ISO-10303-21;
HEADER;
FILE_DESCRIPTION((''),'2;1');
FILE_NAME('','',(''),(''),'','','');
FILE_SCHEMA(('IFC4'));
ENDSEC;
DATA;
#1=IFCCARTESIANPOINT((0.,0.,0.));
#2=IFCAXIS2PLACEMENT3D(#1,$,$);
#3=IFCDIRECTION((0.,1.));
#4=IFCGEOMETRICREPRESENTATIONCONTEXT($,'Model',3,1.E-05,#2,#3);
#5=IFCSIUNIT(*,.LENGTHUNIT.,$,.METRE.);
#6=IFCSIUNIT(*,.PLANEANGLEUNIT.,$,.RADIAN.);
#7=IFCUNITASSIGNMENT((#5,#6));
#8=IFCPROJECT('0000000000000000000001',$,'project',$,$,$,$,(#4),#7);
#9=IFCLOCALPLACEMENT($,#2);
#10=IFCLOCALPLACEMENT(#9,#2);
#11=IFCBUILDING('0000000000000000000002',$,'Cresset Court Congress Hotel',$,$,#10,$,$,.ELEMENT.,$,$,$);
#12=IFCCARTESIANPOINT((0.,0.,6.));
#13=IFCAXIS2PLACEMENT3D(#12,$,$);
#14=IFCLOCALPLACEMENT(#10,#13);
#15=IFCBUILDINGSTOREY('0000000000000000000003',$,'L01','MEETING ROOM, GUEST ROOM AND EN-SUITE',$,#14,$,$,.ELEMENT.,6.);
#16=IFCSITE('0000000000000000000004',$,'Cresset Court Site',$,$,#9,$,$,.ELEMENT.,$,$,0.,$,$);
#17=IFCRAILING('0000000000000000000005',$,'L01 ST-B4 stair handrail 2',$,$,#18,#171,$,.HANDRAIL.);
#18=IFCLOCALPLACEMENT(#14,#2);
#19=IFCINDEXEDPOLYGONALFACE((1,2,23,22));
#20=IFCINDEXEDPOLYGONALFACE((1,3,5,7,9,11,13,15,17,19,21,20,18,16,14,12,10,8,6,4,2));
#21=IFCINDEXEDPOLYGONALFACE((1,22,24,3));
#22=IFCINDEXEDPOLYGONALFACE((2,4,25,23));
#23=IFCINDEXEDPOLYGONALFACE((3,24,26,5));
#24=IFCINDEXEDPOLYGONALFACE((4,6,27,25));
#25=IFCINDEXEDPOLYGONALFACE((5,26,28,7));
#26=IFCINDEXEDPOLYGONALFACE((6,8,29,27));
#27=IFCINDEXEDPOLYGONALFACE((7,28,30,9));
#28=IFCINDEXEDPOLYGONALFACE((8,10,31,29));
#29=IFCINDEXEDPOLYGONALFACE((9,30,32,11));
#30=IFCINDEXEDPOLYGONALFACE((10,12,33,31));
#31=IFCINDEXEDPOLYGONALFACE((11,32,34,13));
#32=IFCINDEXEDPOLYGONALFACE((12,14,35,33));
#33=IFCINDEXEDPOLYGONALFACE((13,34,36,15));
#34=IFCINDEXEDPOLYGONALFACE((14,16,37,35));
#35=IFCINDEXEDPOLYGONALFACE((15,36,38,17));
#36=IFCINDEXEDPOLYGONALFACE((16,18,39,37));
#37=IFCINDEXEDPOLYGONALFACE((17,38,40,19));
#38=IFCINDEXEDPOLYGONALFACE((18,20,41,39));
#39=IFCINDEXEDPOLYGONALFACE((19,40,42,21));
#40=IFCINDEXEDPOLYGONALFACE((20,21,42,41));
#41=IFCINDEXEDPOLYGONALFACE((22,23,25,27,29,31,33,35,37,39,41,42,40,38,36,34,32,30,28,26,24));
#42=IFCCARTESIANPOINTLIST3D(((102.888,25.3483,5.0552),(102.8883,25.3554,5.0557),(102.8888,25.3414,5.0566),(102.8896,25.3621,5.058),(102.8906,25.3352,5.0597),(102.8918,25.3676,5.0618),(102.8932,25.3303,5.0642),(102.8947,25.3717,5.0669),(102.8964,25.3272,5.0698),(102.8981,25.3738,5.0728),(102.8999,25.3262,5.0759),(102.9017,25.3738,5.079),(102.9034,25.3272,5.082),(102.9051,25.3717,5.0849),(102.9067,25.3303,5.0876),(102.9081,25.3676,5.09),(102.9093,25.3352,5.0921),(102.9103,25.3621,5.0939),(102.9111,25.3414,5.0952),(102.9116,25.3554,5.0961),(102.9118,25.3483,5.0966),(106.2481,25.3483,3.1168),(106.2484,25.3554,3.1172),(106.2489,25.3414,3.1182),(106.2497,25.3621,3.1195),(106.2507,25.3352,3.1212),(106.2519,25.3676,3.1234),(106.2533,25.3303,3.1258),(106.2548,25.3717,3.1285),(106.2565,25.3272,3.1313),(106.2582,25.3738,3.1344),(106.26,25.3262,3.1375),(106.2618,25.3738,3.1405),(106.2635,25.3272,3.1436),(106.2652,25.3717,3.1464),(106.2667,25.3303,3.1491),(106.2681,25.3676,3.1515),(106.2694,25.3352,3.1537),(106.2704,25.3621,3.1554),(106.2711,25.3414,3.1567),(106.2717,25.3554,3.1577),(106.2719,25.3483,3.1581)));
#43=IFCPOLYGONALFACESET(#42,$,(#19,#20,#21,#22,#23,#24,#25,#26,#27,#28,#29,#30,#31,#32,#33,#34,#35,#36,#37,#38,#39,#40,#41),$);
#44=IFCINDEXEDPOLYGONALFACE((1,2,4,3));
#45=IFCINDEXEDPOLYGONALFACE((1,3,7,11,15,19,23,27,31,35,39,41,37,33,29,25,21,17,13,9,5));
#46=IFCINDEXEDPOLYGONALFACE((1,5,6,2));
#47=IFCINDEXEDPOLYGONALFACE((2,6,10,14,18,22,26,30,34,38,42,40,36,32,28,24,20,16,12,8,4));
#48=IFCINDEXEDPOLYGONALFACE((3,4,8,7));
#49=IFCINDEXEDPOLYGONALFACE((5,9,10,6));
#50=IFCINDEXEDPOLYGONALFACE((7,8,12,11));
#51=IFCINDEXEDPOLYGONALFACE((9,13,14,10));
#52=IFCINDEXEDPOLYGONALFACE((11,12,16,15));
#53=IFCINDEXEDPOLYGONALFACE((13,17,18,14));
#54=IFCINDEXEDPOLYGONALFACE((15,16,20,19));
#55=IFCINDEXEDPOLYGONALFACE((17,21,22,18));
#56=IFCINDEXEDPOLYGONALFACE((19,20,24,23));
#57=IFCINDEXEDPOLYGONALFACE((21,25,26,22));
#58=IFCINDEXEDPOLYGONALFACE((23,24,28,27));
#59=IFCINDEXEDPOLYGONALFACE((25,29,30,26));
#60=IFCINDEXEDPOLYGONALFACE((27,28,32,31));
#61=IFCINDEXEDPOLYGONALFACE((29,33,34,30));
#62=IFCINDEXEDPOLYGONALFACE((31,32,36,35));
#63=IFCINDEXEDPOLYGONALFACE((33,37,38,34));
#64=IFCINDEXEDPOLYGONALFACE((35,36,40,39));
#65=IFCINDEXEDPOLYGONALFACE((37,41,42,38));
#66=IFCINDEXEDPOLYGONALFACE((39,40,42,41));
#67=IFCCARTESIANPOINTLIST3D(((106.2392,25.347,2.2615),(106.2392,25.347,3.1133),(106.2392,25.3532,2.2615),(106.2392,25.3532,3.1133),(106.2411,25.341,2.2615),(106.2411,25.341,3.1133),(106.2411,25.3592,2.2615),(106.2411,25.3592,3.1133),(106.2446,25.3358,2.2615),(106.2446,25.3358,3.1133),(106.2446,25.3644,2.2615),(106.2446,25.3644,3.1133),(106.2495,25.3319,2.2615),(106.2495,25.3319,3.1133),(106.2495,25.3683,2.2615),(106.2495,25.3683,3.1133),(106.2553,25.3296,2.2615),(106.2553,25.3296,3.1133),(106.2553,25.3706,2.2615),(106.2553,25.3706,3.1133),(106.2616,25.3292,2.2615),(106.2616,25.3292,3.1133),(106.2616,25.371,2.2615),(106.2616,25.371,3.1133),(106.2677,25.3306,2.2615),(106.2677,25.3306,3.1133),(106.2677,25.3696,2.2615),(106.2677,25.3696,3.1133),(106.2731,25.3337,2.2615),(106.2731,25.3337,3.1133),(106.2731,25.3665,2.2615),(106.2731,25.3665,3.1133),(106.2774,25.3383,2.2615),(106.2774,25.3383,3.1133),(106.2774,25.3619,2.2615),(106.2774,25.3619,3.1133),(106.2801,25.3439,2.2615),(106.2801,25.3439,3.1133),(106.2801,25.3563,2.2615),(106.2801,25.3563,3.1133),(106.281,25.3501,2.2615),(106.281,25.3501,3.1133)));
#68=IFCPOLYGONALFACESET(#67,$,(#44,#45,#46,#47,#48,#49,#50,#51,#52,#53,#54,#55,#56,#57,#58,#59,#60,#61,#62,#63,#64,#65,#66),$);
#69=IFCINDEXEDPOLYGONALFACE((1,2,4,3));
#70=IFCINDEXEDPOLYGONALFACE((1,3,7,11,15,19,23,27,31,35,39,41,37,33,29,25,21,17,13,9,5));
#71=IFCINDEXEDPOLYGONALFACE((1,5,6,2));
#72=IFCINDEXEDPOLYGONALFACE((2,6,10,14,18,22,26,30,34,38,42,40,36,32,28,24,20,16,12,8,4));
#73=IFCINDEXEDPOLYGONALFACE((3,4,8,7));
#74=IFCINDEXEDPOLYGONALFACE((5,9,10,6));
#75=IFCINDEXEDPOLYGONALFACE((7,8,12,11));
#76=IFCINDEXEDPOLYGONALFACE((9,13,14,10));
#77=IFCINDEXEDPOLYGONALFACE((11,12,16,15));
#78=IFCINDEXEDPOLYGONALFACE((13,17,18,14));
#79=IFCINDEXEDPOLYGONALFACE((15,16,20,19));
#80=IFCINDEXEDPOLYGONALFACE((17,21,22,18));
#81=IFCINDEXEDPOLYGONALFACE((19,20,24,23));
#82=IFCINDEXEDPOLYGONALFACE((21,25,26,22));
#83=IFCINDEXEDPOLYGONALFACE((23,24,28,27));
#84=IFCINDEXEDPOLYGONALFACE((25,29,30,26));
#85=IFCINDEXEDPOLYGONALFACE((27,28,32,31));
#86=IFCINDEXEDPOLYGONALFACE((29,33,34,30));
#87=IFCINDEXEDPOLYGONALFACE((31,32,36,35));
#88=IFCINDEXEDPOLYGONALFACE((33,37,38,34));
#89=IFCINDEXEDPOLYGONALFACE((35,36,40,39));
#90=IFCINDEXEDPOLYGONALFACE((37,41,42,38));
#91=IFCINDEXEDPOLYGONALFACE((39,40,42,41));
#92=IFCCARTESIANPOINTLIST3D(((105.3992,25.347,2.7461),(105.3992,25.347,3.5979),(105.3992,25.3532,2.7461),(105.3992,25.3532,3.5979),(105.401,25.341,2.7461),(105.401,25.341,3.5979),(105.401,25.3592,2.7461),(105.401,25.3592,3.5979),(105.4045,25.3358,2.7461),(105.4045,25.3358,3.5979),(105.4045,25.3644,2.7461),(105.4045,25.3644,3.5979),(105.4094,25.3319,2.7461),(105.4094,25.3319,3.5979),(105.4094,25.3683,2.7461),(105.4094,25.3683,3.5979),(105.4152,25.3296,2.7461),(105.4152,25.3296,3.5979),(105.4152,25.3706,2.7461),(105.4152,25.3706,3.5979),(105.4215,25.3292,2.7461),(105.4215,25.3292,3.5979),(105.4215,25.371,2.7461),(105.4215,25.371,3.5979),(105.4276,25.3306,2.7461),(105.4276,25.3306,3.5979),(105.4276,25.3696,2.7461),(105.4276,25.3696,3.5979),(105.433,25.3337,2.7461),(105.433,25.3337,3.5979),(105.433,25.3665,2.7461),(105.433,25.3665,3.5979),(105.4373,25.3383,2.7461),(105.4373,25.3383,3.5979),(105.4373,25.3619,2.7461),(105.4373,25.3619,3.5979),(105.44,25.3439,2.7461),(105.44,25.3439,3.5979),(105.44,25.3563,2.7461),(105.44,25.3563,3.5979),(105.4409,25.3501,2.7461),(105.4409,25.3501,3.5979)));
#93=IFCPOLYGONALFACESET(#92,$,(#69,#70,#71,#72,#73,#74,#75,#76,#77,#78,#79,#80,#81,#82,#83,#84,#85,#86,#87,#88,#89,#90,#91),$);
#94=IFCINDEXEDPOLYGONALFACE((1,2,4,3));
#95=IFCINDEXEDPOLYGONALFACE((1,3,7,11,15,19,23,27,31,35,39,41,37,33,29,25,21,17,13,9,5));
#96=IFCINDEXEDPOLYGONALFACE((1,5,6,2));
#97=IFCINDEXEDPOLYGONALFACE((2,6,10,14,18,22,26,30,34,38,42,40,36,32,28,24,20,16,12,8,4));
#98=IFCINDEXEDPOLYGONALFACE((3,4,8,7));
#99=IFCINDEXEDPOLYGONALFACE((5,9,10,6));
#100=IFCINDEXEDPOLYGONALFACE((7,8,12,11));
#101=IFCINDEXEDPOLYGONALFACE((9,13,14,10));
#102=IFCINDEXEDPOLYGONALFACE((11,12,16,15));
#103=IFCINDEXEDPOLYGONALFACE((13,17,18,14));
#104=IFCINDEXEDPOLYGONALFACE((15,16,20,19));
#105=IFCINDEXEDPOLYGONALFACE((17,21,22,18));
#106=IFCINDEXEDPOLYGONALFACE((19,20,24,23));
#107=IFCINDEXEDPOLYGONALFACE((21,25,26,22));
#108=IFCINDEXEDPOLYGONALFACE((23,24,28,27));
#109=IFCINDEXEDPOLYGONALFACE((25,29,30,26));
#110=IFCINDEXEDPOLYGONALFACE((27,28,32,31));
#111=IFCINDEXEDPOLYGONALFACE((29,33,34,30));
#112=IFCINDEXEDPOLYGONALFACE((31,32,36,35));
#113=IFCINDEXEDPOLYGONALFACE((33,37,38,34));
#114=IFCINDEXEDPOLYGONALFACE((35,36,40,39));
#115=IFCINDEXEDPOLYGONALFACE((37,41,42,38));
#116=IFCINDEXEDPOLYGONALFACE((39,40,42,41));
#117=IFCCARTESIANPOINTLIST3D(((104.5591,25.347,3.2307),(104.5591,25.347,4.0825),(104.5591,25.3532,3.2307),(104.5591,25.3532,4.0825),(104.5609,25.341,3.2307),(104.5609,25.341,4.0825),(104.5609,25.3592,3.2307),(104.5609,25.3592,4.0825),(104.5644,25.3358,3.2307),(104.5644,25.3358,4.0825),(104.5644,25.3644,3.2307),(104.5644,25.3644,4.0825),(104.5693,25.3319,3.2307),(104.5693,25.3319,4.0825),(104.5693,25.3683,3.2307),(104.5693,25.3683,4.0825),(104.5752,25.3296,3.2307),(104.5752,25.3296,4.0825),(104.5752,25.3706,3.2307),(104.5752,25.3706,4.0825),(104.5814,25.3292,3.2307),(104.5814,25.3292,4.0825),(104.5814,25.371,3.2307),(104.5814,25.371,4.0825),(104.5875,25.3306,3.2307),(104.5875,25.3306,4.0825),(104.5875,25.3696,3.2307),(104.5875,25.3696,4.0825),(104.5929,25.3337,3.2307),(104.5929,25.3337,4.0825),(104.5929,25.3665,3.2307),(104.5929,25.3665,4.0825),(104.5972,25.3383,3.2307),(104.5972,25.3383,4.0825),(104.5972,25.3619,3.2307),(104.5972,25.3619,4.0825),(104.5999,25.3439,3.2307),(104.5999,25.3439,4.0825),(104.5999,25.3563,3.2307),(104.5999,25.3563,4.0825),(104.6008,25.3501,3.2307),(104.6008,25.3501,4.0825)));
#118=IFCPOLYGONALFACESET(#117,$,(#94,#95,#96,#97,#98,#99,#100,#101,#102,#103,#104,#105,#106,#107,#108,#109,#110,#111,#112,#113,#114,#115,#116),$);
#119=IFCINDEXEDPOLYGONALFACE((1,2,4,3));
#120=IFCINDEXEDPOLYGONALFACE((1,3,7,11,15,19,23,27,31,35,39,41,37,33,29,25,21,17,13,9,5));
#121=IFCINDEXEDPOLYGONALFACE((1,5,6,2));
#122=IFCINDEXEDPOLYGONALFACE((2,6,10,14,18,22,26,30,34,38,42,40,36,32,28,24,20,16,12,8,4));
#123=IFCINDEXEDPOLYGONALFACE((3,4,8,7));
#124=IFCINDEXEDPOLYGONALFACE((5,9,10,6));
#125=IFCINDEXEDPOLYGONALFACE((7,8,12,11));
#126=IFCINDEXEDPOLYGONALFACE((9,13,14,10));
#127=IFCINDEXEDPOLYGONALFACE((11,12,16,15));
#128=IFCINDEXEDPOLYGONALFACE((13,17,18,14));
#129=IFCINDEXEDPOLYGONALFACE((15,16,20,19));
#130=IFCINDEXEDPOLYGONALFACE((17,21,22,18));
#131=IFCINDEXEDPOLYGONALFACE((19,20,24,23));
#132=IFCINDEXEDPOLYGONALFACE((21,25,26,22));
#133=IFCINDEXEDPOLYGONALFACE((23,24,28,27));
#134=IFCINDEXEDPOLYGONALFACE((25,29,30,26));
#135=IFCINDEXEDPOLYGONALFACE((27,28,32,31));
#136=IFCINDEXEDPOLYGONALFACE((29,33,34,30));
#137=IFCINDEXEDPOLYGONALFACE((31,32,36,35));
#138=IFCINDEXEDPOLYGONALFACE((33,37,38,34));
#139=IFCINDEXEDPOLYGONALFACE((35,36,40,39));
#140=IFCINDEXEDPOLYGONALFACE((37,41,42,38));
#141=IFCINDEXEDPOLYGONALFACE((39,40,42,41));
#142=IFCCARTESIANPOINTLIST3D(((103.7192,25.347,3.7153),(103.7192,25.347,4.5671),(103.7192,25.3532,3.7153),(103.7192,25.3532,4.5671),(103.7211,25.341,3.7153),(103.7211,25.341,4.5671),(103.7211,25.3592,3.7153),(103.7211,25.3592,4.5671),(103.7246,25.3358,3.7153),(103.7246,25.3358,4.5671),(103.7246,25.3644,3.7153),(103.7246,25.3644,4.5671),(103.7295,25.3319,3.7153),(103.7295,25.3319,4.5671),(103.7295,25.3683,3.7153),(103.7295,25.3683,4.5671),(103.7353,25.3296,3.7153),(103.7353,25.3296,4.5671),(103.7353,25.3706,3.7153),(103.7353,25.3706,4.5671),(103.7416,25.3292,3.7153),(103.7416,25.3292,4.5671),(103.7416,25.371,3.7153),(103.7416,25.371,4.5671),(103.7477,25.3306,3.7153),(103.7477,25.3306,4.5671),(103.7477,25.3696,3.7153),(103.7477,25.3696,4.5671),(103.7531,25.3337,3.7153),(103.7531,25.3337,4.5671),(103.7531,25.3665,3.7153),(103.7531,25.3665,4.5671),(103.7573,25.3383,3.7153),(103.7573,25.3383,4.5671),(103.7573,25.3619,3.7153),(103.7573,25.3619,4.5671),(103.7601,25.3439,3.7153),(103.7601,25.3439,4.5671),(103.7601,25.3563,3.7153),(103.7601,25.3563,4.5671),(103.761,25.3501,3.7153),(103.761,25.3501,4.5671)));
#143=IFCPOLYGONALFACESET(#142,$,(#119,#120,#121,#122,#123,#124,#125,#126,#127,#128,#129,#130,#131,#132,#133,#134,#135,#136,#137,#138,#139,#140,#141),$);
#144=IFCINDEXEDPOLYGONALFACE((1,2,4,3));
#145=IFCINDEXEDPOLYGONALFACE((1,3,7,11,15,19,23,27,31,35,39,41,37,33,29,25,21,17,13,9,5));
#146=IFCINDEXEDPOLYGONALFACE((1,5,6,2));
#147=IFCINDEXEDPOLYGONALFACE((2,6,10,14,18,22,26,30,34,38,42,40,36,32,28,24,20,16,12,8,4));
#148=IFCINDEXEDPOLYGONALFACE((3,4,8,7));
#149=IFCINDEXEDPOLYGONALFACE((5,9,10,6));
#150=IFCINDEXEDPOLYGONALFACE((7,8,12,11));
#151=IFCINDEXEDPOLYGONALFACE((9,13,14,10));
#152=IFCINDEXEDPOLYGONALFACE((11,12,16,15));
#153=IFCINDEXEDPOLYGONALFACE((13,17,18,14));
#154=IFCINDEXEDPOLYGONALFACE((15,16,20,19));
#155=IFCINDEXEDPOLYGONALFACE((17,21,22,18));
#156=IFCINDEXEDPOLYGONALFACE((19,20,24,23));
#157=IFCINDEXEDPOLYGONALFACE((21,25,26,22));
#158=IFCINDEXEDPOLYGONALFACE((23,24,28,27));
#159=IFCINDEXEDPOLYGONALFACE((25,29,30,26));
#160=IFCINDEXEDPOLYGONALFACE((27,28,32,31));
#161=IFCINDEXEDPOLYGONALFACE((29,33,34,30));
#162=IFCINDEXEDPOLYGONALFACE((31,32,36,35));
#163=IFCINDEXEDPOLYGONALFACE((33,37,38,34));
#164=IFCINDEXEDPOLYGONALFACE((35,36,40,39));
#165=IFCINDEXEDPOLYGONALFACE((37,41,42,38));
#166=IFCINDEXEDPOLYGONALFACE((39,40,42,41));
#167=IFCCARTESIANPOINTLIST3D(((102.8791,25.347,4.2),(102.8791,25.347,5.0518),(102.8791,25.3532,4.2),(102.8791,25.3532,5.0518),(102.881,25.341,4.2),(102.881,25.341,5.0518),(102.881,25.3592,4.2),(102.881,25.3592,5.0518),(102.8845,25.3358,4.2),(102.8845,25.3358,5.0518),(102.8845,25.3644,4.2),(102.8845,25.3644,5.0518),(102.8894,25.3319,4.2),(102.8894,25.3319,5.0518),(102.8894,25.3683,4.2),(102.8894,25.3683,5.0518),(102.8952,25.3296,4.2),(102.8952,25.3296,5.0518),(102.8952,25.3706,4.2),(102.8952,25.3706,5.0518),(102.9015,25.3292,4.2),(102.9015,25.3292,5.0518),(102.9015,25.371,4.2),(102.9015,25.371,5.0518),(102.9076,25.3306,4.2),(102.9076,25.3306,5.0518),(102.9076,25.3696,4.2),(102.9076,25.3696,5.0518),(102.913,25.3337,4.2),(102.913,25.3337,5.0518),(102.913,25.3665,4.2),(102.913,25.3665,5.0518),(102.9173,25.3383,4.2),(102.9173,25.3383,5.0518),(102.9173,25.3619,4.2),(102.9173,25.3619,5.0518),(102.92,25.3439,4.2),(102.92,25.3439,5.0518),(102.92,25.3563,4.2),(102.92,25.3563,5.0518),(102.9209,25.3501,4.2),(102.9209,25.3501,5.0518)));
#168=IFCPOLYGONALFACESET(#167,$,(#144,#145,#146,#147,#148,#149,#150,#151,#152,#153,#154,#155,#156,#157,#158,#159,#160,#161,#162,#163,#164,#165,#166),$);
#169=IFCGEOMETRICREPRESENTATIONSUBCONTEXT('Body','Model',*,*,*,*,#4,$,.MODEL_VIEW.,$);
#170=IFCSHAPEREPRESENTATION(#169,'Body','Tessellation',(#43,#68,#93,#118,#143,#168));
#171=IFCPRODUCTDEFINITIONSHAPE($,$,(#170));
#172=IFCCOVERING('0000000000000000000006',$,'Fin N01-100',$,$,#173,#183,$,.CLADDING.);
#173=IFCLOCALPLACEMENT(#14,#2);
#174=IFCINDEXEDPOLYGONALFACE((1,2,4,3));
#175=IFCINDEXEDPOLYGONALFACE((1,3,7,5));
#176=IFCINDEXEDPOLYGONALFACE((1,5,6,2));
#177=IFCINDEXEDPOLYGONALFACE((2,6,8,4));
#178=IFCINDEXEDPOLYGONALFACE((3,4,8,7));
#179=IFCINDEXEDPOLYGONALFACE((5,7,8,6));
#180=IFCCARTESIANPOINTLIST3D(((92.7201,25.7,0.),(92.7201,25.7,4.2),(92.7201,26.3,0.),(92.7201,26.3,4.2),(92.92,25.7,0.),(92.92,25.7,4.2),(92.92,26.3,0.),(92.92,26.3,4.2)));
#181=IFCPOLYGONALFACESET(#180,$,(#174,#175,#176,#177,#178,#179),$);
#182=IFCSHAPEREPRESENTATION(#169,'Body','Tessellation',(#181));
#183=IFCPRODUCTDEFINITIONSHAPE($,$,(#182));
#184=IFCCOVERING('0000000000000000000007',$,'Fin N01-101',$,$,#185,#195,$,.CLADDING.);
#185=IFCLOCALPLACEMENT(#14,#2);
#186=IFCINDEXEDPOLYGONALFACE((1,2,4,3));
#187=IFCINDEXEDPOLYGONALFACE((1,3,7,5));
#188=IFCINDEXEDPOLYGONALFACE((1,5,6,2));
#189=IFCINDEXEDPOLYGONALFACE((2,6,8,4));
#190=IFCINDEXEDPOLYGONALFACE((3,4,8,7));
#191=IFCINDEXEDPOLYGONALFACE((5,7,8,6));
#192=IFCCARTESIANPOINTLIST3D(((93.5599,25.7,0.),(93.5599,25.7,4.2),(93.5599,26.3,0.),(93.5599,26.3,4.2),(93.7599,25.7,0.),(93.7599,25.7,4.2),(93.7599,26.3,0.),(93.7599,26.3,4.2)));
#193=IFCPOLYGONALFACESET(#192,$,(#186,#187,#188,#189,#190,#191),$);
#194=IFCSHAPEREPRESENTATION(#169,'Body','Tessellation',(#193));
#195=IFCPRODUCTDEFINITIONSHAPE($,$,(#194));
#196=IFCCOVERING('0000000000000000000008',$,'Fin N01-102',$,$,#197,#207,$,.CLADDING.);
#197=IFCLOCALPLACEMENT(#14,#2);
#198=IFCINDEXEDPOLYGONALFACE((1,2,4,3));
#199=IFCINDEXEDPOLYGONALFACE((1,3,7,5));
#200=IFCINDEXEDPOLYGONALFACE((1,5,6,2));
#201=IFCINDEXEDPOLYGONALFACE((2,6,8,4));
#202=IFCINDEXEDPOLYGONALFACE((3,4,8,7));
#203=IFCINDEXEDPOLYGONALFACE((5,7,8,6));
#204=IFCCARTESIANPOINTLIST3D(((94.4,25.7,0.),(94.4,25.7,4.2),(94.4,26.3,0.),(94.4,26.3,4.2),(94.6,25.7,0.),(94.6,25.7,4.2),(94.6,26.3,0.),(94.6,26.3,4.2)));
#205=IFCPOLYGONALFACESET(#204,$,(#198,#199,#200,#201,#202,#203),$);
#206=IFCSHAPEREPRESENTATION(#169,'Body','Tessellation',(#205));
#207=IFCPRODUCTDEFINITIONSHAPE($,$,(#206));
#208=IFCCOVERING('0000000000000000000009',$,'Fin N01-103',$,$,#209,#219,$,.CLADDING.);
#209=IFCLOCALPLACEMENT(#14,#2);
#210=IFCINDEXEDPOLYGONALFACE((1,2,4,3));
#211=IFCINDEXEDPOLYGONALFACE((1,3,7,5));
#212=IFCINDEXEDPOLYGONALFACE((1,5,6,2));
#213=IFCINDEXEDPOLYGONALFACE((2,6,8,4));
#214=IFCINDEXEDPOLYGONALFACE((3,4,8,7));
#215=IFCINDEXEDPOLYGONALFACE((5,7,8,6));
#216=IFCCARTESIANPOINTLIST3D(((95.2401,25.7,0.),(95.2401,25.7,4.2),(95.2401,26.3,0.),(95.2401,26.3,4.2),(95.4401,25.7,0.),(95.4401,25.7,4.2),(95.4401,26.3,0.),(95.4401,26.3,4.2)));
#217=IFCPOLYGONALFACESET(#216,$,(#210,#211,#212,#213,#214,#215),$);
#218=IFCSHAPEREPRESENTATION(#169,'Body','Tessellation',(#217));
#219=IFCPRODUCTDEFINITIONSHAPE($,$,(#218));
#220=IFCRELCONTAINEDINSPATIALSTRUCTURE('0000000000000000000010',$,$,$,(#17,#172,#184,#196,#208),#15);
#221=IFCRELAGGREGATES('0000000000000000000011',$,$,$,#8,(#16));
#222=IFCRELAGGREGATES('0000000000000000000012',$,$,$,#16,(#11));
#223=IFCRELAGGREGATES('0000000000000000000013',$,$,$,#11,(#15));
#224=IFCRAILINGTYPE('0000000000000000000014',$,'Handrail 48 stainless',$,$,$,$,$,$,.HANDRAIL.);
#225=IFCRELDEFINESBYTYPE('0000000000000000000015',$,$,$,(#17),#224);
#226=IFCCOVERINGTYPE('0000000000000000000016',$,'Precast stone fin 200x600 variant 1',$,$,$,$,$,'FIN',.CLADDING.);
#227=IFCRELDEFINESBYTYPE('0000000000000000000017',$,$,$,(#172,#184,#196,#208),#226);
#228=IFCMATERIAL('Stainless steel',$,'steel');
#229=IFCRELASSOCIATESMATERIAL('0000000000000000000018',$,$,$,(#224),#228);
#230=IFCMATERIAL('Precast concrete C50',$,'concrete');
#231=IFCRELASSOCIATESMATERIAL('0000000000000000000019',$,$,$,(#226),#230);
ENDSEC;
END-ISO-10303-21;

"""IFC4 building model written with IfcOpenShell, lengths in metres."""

from ifc_helpers import new_model, si_unit, direction, frame, origin, origin_2d, place, context, subcontext, project, spatial, rectangle, circle, extrude, material, type_object, element, save


model = new_model("IFC4")

# Units and contexts
model_context = context("Model", 3, precision=1e-05, world=origin(), true_north=direction((0.0, 1.0)))
body_context = subcontext(model_context, "Body", "Model", "MODEL_VIEW")
ifc_project = project(units=[si_unit("LENGTHUNIT", "METRE"), si_unit("PLANEANGLEUNIT", "RADIAN")], contexts=[model_context])

# Site, building, storey
site_placement = place(None, origin())
site = spatial("IfcSite", under=ifc_project, at=site_placement, Name="Cresset Court Site", CompositionType="ELEMENT", RefElevation=0.0)
building_placement = place(site_placement, origin())
building = spatial("IfcBuilding", under=site, at=building_placement, Name="Cresset Court Congress Hotel", CompositionType="ELEMENT")
storey_placement = place(building_placement, frame((0.0, 0.0, 6.0)))
storey = spatial("IfcBuildingStorey", under=building, at=storey_placement, Name="L01", Description="MEETING ROOM, GUEST ROOM AND EN-SUITE", CompositionType="ELEMENT", Elevation=6.0)

# Railing
ifc_material_1 = material(Name="Stainless steel", Category="steel")
railing_type_1 = type_object("IfcRailingType", Name="Handrail 48 stainless", PredefinedType="HANDRAIL", material=ifc_material_1)
railing_1_placement = place(storey_placement, frame((106.26, 25.3501, 2.2615)))
element("IfcRailing", 1, at=railing_1_placement, inside=storey, type_object=railing_type_1, Name="L01 ST-B4 stair handrail 2", PredefinedType="HANDRAIL", context=body_context, shape_type="SweptSolid", body=[
    extrude(circle(Radius=0.0239, at=origin_2d()), frame((0.0, 0.0, 0.876), z_axis=(-0.866191, 0.0, 0.499713), x_axis=(0.0, -1.0, 0.0)), (0.0, 0.0, 1.0), 3.8792),
    extrude(circle(Radius=0.021, at=origin_2d()), origin(), (0.0, 0.0, 1.0), 0.8518),
    extrude(circle(Radius=0.021, at=origin_2d()), frame((-0.8401, 0.0, 0.4846)), (0.0, 0.0, 1.0), 0.8518),
    extrude(circle(Radius=0.021, at=origin_2d()), frame((-1.6802, 0.0, 0.9692)), (0.0, 0.0, 1.0), 0.8518),
    extrude(circle(Radius=0.021, at=origin_2d()), frame((-2.52, 0.0, 1.4539)), (0.0, 0.0, 1.0), 0.8518),
    extrude(circle(Radius=0.021, at=origin_2d()), frame((-3.3601, 0.0, 1.9385)), (0.0, 0.0, 1.0), 0.8518),
])

# Coverings
ifc_material_2 = material(Name="Precast concrete C50", Category="concrete")
covering_type = type_object("IfcCoveringType", Name="Precast stone fin 200x600 variant 1", ElementType="FIN", PredefinedType="CLADDING", material=ifc_material_2)
for number, where, z_axis, x_axis, name in (
    (2, (92.8201, 26.0, 0.0), (0.0, 0.0, 1.0), (1.0, 0.0, 0.0), "Fin N01-100"),
    (3, (93.6599, 26.0, 0.0), (0.0, 0.0, 1.0), (1.0, 0.0, 0.0), "Fin N01-101"),
    (4, (94.5, 26.0, 0.0), (0.0, 0.0, 1.0), (1.0, 0.0, 0.0), "Fin N01-102"),
    (5, (95.3401, 26.0, 0.0), (0.0, 0.0, 1.0), (1.0, 0.0, 0.0), "Fin N01-103"),
):
    element("IfcCovering", number, at=place(storey_placement, frame(where, z_axis=z_axis, x_axis=x_axis)), inside=storey, type_object=covering_type, Name=name, PredefinedType="CLADDING", context=body_context, shape_type="SweptSolid", body=[
        extrude(rectangle(XDim=0.2, YDim=0.6001, at=origin_2d()), origin(), (0.0, 0.0, 1.0), 4.2),
    ])

save(model, "model.ifc")
